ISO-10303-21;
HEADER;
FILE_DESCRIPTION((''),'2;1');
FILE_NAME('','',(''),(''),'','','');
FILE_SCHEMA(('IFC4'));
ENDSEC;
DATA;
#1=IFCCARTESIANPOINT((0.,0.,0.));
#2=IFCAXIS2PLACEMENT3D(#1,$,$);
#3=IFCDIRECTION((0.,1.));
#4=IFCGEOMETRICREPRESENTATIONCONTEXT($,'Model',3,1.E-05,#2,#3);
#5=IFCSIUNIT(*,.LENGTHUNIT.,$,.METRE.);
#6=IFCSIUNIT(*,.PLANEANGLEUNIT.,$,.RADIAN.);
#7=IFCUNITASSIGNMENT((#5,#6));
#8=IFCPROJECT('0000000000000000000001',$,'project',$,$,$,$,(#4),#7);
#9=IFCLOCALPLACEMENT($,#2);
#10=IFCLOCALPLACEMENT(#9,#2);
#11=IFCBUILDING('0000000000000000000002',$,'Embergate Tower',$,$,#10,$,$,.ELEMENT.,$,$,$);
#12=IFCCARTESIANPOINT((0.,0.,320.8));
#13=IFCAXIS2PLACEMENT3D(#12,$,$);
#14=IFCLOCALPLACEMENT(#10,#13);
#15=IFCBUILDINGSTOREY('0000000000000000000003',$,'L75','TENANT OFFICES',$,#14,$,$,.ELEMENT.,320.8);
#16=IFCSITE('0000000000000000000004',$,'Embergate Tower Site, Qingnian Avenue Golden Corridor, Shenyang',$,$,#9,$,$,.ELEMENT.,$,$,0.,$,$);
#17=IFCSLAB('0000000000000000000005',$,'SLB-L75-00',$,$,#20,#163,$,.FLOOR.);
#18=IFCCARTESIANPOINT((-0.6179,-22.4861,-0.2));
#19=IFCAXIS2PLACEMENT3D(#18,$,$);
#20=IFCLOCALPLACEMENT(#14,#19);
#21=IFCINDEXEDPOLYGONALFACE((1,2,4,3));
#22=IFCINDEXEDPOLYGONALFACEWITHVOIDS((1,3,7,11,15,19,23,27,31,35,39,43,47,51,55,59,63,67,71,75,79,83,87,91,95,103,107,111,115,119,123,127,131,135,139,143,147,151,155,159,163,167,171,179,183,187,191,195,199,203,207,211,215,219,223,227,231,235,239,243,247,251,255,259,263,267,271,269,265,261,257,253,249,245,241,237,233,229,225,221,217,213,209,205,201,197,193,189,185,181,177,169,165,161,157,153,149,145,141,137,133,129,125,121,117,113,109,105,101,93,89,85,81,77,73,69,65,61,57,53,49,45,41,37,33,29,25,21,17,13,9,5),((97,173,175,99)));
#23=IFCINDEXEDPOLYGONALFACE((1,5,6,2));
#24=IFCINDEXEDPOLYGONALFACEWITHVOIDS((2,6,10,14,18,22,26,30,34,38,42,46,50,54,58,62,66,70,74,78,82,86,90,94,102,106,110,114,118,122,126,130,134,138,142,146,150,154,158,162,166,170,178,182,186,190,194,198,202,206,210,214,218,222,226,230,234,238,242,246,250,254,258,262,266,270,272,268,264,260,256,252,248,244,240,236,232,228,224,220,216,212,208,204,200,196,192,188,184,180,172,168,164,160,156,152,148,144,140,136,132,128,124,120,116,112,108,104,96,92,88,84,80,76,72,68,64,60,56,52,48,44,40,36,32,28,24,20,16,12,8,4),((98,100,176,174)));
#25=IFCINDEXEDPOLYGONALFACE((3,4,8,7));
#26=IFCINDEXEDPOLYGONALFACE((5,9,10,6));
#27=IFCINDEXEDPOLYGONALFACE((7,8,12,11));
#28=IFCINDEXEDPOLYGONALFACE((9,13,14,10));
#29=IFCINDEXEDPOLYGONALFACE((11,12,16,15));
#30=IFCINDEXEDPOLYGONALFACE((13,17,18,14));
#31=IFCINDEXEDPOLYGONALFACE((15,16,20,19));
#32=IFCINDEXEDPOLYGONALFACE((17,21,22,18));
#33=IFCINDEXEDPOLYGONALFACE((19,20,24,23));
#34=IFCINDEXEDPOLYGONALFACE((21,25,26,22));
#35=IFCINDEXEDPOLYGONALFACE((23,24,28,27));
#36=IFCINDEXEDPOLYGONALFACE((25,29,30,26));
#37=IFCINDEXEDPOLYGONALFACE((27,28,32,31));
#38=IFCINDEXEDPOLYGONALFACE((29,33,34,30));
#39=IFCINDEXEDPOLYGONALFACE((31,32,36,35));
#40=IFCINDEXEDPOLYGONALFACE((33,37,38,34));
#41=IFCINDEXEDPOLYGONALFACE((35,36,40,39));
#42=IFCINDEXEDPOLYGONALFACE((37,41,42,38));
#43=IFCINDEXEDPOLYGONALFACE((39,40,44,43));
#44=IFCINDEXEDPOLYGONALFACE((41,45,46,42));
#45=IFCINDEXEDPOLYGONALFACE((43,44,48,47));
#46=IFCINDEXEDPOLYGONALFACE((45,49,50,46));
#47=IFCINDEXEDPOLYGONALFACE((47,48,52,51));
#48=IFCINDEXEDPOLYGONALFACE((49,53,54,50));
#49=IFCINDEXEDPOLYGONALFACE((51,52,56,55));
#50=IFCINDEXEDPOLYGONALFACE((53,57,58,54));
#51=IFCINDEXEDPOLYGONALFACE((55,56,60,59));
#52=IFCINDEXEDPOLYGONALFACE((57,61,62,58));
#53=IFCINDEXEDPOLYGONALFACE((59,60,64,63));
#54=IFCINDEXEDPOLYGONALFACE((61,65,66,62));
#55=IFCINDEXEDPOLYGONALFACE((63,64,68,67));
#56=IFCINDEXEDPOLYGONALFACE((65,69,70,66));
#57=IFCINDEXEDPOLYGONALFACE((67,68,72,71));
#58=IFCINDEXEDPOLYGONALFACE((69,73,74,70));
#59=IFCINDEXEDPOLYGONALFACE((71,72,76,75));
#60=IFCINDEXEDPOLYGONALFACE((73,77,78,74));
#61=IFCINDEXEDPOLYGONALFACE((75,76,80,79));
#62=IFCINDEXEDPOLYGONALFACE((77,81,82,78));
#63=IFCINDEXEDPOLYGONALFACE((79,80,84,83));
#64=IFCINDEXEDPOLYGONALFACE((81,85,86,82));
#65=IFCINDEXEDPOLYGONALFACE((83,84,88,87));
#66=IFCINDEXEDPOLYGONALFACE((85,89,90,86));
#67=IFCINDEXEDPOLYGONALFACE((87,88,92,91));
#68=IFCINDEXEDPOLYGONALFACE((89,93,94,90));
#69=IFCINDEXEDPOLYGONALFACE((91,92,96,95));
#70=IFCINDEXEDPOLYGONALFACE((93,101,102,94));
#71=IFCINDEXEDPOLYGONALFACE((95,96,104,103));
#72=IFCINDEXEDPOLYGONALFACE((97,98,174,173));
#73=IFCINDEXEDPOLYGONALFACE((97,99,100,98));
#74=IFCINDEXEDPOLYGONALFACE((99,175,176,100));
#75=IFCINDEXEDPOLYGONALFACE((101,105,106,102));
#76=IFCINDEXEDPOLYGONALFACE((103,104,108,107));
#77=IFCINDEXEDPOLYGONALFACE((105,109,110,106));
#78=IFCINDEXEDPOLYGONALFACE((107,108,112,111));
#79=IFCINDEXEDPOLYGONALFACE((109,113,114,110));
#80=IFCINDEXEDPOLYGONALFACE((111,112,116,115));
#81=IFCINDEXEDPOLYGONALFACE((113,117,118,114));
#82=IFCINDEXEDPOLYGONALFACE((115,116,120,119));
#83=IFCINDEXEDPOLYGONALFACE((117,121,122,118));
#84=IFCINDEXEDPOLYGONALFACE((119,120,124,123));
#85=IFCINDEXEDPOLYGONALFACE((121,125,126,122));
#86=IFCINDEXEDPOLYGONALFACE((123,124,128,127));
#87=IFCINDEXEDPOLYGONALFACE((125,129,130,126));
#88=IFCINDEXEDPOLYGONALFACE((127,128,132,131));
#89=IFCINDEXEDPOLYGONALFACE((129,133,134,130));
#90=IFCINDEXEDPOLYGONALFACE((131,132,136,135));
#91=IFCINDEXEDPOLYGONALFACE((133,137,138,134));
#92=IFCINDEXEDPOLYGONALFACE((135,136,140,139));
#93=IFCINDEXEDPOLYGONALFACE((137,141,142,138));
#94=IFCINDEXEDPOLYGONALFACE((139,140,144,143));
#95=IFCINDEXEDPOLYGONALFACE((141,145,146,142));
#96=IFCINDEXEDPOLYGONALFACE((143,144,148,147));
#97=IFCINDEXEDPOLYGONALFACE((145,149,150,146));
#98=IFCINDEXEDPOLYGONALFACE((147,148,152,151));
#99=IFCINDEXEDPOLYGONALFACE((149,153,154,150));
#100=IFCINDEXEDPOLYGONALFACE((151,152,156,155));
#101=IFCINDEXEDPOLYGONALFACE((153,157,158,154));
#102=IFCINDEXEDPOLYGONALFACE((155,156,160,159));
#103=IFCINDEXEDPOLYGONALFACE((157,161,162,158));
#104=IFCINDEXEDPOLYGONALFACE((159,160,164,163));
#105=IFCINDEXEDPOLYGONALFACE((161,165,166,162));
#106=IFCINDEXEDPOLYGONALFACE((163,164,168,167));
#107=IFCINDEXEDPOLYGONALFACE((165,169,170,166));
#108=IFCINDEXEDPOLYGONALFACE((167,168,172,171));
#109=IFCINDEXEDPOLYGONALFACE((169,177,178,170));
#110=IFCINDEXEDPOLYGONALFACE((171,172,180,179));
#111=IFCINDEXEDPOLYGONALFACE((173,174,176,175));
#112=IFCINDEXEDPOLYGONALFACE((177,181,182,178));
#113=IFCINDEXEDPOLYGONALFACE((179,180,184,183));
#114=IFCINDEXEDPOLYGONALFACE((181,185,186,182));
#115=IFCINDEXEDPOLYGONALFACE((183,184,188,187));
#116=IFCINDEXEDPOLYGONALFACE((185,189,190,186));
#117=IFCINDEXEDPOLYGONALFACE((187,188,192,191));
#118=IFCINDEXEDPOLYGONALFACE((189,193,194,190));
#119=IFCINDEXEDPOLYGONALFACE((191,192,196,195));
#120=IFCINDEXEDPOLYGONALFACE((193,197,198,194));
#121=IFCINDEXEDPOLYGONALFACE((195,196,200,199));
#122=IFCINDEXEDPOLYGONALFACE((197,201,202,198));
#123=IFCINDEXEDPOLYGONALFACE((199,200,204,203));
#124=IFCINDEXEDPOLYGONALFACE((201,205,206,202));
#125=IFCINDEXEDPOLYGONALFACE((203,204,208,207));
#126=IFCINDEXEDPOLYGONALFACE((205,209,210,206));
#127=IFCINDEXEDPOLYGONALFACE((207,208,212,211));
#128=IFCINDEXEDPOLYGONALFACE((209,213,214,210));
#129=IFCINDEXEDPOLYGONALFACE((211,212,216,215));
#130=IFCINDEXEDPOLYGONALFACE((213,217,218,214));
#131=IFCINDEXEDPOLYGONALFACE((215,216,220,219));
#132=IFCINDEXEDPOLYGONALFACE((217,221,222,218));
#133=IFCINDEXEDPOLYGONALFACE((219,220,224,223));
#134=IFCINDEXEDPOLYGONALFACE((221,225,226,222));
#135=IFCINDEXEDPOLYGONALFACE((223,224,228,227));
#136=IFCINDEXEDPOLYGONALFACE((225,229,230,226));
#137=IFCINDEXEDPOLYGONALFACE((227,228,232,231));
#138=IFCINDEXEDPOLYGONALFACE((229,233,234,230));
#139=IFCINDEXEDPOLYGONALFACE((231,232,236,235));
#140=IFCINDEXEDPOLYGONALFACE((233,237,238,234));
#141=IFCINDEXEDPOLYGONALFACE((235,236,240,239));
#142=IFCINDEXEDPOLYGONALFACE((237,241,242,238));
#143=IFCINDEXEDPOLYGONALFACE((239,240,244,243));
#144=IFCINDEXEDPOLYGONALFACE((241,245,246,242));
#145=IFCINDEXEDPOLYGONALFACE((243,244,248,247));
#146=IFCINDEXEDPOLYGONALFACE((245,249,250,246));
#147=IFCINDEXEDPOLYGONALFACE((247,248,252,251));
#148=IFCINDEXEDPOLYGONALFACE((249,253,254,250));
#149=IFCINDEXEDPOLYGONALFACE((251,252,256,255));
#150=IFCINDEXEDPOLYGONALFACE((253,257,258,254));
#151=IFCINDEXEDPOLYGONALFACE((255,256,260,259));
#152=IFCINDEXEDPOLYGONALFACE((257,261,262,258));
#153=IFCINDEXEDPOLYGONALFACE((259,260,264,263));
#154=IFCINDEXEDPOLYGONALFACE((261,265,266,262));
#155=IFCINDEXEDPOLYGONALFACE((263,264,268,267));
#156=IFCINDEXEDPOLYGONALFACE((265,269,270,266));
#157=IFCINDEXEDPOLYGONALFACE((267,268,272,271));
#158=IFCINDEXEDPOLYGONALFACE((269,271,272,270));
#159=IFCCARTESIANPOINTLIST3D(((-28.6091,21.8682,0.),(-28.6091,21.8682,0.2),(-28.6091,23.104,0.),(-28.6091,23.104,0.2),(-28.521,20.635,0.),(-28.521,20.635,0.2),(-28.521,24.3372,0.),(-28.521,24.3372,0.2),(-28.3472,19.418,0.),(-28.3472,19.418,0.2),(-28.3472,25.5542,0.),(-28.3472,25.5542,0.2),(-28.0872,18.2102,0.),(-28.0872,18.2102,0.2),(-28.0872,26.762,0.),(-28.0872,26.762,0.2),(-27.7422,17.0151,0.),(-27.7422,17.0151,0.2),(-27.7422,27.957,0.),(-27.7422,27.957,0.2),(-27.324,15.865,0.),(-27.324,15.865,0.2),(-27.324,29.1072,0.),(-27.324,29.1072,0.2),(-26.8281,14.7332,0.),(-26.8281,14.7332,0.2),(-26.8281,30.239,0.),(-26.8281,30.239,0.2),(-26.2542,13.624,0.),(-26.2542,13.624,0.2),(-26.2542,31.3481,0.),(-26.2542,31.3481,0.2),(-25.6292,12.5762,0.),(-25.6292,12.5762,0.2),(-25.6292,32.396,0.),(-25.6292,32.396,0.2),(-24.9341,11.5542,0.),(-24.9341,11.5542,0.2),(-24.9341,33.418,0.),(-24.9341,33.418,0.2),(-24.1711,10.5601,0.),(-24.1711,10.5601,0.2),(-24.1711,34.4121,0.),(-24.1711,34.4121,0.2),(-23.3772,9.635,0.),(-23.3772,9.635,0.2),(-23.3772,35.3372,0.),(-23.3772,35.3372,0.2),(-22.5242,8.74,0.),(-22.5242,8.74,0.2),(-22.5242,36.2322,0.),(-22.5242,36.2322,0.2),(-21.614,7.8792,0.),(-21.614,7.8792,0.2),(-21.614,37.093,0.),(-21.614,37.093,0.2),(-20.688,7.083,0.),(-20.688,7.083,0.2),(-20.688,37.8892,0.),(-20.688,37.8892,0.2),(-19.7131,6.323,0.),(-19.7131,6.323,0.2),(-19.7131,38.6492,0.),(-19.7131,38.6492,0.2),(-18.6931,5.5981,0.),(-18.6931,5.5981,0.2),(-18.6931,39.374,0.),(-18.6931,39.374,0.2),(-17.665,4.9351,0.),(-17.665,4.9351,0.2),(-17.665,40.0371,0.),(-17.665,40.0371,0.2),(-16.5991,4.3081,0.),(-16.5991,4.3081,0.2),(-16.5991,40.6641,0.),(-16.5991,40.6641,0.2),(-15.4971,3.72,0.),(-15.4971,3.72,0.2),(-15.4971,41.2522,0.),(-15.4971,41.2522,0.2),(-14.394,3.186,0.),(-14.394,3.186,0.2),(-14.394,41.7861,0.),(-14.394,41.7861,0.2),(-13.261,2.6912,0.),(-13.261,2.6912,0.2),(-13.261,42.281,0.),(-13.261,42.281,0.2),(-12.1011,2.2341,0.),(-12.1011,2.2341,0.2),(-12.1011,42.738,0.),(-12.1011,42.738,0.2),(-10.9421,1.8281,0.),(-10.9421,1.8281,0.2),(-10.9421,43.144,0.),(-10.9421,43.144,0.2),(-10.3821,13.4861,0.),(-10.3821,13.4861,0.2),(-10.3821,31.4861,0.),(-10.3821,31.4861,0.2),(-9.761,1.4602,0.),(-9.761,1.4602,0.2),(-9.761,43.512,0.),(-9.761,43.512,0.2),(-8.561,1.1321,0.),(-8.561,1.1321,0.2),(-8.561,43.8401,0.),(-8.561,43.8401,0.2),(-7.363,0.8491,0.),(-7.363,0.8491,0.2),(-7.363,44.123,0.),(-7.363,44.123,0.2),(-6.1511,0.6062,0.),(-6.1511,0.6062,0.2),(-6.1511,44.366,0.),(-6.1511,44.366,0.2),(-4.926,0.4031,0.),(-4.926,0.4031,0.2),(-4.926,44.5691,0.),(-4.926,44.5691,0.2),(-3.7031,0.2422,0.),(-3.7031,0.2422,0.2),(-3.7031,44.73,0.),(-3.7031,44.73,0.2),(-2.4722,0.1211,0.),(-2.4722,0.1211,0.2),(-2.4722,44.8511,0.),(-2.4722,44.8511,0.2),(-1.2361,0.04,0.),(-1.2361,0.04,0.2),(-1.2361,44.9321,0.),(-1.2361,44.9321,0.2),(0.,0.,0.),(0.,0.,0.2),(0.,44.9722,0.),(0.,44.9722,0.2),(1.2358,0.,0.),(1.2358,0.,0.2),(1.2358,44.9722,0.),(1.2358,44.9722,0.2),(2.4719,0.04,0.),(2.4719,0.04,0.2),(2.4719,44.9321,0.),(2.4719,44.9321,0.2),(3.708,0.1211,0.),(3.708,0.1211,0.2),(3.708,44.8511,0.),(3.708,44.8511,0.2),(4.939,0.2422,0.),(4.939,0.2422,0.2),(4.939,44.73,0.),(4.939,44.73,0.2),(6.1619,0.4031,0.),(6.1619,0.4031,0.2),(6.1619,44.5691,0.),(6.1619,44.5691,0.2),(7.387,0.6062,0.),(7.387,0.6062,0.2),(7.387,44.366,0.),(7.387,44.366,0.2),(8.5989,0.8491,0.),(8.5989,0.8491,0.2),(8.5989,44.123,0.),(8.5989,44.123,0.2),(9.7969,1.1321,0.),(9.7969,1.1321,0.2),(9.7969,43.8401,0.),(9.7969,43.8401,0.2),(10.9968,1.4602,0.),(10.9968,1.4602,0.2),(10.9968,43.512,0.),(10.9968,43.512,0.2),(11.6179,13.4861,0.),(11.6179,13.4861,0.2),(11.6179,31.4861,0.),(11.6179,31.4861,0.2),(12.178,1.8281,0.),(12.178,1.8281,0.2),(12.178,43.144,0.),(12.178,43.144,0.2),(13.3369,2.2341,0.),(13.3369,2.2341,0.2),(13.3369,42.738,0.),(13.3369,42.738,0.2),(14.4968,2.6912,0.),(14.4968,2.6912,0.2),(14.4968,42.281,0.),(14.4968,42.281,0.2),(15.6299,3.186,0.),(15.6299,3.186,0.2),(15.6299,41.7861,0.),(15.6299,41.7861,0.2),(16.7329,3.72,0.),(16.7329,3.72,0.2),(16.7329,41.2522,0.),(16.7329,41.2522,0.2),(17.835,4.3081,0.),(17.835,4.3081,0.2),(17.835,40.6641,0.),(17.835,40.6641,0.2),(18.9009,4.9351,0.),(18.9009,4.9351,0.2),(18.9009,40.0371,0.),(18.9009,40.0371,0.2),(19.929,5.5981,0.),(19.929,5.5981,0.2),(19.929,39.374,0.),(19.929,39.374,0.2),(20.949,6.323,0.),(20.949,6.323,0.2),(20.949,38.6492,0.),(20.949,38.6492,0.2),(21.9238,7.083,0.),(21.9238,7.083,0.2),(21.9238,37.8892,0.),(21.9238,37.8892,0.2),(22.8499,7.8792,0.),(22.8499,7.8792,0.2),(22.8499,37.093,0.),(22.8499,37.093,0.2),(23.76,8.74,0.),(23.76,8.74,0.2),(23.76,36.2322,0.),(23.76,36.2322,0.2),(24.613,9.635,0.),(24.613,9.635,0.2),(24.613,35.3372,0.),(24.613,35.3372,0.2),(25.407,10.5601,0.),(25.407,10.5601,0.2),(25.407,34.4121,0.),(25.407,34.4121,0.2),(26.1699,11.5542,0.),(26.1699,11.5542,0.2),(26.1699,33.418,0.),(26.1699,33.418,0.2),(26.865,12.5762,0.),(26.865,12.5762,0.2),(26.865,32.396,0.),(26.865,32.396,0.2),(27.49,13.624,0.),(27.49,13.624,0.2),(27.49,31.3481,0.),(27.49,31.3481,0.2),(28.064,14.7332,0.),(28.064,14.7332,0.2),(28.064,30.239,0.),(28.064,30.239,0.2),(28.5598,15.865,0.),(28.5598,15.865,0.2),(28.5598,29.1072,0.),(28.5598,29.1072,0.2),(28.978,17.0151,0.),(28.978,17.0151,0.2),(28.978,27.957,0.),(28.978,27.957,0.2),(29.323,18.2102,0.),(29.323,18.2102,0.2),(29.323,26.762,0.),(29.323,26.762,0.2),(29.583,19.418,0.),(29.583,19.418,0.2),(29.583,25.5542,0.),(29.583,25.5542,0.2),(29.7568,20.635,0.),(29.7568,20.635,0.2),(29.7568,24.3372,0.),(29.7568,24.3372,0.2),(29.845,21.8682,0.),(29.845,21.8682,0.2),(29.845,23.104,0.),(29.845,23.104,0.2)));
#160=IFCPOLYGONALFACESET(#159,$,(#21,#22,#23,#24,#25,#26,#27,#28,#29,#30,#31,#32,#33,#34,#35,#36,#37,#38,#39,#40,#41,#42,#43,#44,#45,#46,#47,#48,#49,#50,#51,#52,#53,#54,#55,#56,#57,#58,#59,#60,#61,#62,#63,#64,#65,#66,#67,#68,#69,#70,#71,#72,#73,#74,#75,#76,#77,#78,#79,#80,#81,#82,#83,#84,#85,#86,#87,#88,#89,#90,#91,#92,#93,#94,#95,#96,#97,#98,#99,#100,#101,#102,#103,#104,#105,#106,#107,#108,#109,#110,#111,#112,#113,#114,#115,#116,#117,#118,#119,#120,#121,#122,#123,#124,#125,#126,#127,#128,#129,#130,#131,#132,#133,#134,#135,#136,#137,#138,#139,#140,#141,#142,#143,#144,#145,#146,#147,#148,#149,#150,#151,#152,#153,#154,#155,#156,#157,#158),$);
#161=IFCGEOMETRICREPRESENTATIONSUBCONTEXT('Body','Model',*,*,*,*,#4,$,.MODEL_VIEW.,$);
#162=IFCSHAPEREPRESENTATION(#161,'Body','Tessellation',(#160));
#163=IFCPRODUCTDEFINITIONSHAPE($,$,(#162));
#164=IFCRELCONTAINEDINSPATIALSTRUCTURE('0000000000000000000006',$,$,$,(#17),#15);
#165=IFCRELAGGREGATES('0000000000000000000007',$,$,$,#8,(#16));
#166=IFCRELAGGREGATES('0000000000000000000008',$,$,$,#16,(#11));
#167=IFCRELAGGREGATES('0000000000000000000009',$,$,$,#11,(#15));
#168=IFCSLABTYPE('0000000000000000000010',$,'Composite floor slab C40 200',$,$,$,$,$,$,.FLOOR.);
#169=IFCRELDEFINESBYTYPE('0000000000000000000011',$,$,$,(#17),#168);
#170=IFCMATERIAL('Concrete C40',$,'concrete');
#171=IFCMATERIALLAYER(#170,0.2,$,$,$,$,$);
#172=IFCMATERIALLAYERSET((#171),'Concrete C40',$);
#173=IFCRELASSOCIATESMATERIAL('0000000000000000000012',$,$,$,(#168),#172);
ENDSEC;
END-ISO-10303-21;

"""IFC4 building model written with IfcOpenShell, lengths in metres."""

from ifc_helpers import new_model, si_unit, direction, frame, origin, place, context, subcontext, project, spatial, polyline, outline, extrude, source, transform, mapped, material, layer, layer_set, type_object, element, save


model = new_model("IFC4")

# Units and contexts
model_context = context("Model", 3, precision=1e-05, world=origin(), true_north=direction((0.0, 1.0)))
body_context = subcontext(model_context, "Body", "Model", "MODEL_VIEW")
ifc_project = project(units=[si_unit("LENGTHUNIT", "METRE"), si_unit("PLANEANGLEUNIT", "RADIAN")], contexts=[model_context])

# Site, building, storey
site_placement = place(None, origin())
site = spatial("IfcSite", under=ifc_project, at=site_placement, Name="Embergate Tower Site, Qingnian Avenue Golden Corridor, Shenyang", CompositionType="ELEMENT", RefElevation=0.0)
building_placement = place(site_placement, origin())
building = spatial("IfcBuilding", under=site, at=building_placement, Name="Embergate Tower", CompositionType="ELEMENT")
storey_placement = place(building_placement, frame((0.0, 0.0, 320.8)))
storey = spatial("IfcBuildingStorey", under=building, at=storey_placement, Name="L75", Description="TENANT OFFICES", CompositionType="ELEMENT", Elevation=320.8)

# Slab
ifc_material_1 = material(Name="Concrete C40", Category="concrete")
ifc_layer_1 = layer(ifc_material_1, 0.2)
ifc_layer_set_1 = layer_set([ifc_layer_1], Name="Concrete C40")
slab_type = type_object("IfcSlabType", Name="Composite floor slab C40 200", PredefinedType="FLOOR", material=ifc_layer_set_1)
shared_shape_1 = source(origin(), body_context, "Body", "SweptSolid", [
    extrude(outline(polyline([(0.0, 0.0), (1.2358, 0.0), (2.4719, 0.04), (3.708, 0.1211), (4.939, 0.2422), (6.1619, 0.4031), (7.387, 0.6062), (8.5989, 0.8491), (9.7969, 1.1321), (10.9968, 1.4602), (12.178, 1.8281), (13.3369, 2.2341), (14.4968, 2.6912), (15.6299, 3.186), (16.7329, 3.72), (17.835, 4.3081), (18.9009, 4.9351), (19.929, 5.5981), (20.949, 6.323), (21.9238, 7.083), (22.8499, 7.8792), (23.76, 8.74), (24.613, 9.635), (25.407, 10.5601), (26.1699, 11.5542), (26.865, 12.5762), (27.49, 13.624), (28.064, 14.7332), (28.5598, 15.865), (28.978, 17.0151), (29.323, 18.2102), (29.583, 19.418), (29.7568, 20.635), (29.845, 21.8682), (29.845, 23.104), (29.7568, 24.3372), (29.583, 25.5542), (29.323, 26.762), (28.978, 27.957), (28.5598, 29.1072), (28.064, 30.239), (27.49, 31.3481), (26.865, 32.396), (26.1699, 33.418), (25.407, 34.4121), (24.613, 35.3372), (23.76, 36.2322), (22.8499, 37.093), (21.9238, 37.8892), (20.949, 38.6492), (19.929, 39.374), (18.9009, 40.0371), (17.835, 40.6641), (16.7329, 41.2522), (15.6299, 41.7861), (14.4968, 42.281), (13.3369, 42.738), (12.178, 43.144), (10.9968, 43.512), (9.7969, 43.8401), (8.5989, 44.123), (7.387, 44.366), (6.1619, 44.5691), (4.939, 44.73), (3.708, 44.8511), (2.4719, 44.9321), (1.2358, 44.9722), (0.0, 44.9722), (-1.2361, 44.9321), (-2.4722, 44.8511), (-3.7031, 44.73), (-4.926, 44.5691), (-6.1511, 44.366), (-7.363, 44.123), (-8.561, 43.8401), (-9.761, 43.512), (-10.9421, 43.144), (-12.1011, 42.738), (-13.261, 42.281), (-14.394, 41.7861), (-15.4971, 41.2522), (-16.5991, 40.6641), (-17.665, 40.0371), (-18.6931, 39.374), (-19.7131, 38.6492), (-20.688, 37.8892), (-21.614, 37.093), (-22.5242, 36.2322), (-23.3772, 35.3372), (-24.1711, 34.4121), (-24.9341, 33.418), (-25.6292, 32.396), (-26.2542, 31.3481), (-26.8281, 30.239), (-27.324, 29.1072), (-27.7422, 27.957), (-28.0872, 26.762), (-28.3472, 25.5542), (-28.521, 24.3372), (-28.6091, 23.104), (-28.6091, 21.8682), (-28.521, 20.635), (-28.3472, 19.418), (-28.0872, 18.2102), (-27.7422, 17.0151), (-27.324, 15.865), (-26.8281, 14.7332), (-26.2542, 13.624), (-25.6292, 12.5762), (-24.9341, 11.5542), (-24.1711, 10.5601), (-23.3772, 9.635), (-22.5242, 8.74), (-21.614, 7.8792), (-20.688, 7.083), (-19.7131, 6.323), (-18.6931, 5.5981), (-17.665, 4.9351), (-16.5991, 4.3081), (-15.4971, 3.72), (-14.394, 3.186), (-13.261, 2.6912), (-12.1011, 2.2341), (-10.9421, 1.8281), (-9.761, 1.4602), (-8.561, 1.1321), (-7.363, 0.8491), (-6.1511, 0.6062), (-4.926, 0.4031), (-3.7031, 0.2422), (-2.4722, 0.1211), (-1.2361, 0.04), (0.0, 0.0)]), holes=[polyline([(-10.3821, 13.4861), (-10.3821, 31.4861), (11.6179, 31.4861), (11.6179, 13.4861), (-10.3821, 13.4861)])]), origin(), (0.0, 0.0, 1.0), 0.2),
])
slab_placement = place(storey_placement, frame((-0.6179, -22.4861, -0.2)))
element("IfcSlab", 1, at=slab_placement, inside=storey, type_object=slab_type, Name="SLB-L75-00", PredefinedType="FLOOR", context=body_context, shape_type="MappedRepresentation", body=[
    mapped(shared_shape_1, transform((0.0, 0.0, 0.0))),
])

save(model, "model.ifc")
